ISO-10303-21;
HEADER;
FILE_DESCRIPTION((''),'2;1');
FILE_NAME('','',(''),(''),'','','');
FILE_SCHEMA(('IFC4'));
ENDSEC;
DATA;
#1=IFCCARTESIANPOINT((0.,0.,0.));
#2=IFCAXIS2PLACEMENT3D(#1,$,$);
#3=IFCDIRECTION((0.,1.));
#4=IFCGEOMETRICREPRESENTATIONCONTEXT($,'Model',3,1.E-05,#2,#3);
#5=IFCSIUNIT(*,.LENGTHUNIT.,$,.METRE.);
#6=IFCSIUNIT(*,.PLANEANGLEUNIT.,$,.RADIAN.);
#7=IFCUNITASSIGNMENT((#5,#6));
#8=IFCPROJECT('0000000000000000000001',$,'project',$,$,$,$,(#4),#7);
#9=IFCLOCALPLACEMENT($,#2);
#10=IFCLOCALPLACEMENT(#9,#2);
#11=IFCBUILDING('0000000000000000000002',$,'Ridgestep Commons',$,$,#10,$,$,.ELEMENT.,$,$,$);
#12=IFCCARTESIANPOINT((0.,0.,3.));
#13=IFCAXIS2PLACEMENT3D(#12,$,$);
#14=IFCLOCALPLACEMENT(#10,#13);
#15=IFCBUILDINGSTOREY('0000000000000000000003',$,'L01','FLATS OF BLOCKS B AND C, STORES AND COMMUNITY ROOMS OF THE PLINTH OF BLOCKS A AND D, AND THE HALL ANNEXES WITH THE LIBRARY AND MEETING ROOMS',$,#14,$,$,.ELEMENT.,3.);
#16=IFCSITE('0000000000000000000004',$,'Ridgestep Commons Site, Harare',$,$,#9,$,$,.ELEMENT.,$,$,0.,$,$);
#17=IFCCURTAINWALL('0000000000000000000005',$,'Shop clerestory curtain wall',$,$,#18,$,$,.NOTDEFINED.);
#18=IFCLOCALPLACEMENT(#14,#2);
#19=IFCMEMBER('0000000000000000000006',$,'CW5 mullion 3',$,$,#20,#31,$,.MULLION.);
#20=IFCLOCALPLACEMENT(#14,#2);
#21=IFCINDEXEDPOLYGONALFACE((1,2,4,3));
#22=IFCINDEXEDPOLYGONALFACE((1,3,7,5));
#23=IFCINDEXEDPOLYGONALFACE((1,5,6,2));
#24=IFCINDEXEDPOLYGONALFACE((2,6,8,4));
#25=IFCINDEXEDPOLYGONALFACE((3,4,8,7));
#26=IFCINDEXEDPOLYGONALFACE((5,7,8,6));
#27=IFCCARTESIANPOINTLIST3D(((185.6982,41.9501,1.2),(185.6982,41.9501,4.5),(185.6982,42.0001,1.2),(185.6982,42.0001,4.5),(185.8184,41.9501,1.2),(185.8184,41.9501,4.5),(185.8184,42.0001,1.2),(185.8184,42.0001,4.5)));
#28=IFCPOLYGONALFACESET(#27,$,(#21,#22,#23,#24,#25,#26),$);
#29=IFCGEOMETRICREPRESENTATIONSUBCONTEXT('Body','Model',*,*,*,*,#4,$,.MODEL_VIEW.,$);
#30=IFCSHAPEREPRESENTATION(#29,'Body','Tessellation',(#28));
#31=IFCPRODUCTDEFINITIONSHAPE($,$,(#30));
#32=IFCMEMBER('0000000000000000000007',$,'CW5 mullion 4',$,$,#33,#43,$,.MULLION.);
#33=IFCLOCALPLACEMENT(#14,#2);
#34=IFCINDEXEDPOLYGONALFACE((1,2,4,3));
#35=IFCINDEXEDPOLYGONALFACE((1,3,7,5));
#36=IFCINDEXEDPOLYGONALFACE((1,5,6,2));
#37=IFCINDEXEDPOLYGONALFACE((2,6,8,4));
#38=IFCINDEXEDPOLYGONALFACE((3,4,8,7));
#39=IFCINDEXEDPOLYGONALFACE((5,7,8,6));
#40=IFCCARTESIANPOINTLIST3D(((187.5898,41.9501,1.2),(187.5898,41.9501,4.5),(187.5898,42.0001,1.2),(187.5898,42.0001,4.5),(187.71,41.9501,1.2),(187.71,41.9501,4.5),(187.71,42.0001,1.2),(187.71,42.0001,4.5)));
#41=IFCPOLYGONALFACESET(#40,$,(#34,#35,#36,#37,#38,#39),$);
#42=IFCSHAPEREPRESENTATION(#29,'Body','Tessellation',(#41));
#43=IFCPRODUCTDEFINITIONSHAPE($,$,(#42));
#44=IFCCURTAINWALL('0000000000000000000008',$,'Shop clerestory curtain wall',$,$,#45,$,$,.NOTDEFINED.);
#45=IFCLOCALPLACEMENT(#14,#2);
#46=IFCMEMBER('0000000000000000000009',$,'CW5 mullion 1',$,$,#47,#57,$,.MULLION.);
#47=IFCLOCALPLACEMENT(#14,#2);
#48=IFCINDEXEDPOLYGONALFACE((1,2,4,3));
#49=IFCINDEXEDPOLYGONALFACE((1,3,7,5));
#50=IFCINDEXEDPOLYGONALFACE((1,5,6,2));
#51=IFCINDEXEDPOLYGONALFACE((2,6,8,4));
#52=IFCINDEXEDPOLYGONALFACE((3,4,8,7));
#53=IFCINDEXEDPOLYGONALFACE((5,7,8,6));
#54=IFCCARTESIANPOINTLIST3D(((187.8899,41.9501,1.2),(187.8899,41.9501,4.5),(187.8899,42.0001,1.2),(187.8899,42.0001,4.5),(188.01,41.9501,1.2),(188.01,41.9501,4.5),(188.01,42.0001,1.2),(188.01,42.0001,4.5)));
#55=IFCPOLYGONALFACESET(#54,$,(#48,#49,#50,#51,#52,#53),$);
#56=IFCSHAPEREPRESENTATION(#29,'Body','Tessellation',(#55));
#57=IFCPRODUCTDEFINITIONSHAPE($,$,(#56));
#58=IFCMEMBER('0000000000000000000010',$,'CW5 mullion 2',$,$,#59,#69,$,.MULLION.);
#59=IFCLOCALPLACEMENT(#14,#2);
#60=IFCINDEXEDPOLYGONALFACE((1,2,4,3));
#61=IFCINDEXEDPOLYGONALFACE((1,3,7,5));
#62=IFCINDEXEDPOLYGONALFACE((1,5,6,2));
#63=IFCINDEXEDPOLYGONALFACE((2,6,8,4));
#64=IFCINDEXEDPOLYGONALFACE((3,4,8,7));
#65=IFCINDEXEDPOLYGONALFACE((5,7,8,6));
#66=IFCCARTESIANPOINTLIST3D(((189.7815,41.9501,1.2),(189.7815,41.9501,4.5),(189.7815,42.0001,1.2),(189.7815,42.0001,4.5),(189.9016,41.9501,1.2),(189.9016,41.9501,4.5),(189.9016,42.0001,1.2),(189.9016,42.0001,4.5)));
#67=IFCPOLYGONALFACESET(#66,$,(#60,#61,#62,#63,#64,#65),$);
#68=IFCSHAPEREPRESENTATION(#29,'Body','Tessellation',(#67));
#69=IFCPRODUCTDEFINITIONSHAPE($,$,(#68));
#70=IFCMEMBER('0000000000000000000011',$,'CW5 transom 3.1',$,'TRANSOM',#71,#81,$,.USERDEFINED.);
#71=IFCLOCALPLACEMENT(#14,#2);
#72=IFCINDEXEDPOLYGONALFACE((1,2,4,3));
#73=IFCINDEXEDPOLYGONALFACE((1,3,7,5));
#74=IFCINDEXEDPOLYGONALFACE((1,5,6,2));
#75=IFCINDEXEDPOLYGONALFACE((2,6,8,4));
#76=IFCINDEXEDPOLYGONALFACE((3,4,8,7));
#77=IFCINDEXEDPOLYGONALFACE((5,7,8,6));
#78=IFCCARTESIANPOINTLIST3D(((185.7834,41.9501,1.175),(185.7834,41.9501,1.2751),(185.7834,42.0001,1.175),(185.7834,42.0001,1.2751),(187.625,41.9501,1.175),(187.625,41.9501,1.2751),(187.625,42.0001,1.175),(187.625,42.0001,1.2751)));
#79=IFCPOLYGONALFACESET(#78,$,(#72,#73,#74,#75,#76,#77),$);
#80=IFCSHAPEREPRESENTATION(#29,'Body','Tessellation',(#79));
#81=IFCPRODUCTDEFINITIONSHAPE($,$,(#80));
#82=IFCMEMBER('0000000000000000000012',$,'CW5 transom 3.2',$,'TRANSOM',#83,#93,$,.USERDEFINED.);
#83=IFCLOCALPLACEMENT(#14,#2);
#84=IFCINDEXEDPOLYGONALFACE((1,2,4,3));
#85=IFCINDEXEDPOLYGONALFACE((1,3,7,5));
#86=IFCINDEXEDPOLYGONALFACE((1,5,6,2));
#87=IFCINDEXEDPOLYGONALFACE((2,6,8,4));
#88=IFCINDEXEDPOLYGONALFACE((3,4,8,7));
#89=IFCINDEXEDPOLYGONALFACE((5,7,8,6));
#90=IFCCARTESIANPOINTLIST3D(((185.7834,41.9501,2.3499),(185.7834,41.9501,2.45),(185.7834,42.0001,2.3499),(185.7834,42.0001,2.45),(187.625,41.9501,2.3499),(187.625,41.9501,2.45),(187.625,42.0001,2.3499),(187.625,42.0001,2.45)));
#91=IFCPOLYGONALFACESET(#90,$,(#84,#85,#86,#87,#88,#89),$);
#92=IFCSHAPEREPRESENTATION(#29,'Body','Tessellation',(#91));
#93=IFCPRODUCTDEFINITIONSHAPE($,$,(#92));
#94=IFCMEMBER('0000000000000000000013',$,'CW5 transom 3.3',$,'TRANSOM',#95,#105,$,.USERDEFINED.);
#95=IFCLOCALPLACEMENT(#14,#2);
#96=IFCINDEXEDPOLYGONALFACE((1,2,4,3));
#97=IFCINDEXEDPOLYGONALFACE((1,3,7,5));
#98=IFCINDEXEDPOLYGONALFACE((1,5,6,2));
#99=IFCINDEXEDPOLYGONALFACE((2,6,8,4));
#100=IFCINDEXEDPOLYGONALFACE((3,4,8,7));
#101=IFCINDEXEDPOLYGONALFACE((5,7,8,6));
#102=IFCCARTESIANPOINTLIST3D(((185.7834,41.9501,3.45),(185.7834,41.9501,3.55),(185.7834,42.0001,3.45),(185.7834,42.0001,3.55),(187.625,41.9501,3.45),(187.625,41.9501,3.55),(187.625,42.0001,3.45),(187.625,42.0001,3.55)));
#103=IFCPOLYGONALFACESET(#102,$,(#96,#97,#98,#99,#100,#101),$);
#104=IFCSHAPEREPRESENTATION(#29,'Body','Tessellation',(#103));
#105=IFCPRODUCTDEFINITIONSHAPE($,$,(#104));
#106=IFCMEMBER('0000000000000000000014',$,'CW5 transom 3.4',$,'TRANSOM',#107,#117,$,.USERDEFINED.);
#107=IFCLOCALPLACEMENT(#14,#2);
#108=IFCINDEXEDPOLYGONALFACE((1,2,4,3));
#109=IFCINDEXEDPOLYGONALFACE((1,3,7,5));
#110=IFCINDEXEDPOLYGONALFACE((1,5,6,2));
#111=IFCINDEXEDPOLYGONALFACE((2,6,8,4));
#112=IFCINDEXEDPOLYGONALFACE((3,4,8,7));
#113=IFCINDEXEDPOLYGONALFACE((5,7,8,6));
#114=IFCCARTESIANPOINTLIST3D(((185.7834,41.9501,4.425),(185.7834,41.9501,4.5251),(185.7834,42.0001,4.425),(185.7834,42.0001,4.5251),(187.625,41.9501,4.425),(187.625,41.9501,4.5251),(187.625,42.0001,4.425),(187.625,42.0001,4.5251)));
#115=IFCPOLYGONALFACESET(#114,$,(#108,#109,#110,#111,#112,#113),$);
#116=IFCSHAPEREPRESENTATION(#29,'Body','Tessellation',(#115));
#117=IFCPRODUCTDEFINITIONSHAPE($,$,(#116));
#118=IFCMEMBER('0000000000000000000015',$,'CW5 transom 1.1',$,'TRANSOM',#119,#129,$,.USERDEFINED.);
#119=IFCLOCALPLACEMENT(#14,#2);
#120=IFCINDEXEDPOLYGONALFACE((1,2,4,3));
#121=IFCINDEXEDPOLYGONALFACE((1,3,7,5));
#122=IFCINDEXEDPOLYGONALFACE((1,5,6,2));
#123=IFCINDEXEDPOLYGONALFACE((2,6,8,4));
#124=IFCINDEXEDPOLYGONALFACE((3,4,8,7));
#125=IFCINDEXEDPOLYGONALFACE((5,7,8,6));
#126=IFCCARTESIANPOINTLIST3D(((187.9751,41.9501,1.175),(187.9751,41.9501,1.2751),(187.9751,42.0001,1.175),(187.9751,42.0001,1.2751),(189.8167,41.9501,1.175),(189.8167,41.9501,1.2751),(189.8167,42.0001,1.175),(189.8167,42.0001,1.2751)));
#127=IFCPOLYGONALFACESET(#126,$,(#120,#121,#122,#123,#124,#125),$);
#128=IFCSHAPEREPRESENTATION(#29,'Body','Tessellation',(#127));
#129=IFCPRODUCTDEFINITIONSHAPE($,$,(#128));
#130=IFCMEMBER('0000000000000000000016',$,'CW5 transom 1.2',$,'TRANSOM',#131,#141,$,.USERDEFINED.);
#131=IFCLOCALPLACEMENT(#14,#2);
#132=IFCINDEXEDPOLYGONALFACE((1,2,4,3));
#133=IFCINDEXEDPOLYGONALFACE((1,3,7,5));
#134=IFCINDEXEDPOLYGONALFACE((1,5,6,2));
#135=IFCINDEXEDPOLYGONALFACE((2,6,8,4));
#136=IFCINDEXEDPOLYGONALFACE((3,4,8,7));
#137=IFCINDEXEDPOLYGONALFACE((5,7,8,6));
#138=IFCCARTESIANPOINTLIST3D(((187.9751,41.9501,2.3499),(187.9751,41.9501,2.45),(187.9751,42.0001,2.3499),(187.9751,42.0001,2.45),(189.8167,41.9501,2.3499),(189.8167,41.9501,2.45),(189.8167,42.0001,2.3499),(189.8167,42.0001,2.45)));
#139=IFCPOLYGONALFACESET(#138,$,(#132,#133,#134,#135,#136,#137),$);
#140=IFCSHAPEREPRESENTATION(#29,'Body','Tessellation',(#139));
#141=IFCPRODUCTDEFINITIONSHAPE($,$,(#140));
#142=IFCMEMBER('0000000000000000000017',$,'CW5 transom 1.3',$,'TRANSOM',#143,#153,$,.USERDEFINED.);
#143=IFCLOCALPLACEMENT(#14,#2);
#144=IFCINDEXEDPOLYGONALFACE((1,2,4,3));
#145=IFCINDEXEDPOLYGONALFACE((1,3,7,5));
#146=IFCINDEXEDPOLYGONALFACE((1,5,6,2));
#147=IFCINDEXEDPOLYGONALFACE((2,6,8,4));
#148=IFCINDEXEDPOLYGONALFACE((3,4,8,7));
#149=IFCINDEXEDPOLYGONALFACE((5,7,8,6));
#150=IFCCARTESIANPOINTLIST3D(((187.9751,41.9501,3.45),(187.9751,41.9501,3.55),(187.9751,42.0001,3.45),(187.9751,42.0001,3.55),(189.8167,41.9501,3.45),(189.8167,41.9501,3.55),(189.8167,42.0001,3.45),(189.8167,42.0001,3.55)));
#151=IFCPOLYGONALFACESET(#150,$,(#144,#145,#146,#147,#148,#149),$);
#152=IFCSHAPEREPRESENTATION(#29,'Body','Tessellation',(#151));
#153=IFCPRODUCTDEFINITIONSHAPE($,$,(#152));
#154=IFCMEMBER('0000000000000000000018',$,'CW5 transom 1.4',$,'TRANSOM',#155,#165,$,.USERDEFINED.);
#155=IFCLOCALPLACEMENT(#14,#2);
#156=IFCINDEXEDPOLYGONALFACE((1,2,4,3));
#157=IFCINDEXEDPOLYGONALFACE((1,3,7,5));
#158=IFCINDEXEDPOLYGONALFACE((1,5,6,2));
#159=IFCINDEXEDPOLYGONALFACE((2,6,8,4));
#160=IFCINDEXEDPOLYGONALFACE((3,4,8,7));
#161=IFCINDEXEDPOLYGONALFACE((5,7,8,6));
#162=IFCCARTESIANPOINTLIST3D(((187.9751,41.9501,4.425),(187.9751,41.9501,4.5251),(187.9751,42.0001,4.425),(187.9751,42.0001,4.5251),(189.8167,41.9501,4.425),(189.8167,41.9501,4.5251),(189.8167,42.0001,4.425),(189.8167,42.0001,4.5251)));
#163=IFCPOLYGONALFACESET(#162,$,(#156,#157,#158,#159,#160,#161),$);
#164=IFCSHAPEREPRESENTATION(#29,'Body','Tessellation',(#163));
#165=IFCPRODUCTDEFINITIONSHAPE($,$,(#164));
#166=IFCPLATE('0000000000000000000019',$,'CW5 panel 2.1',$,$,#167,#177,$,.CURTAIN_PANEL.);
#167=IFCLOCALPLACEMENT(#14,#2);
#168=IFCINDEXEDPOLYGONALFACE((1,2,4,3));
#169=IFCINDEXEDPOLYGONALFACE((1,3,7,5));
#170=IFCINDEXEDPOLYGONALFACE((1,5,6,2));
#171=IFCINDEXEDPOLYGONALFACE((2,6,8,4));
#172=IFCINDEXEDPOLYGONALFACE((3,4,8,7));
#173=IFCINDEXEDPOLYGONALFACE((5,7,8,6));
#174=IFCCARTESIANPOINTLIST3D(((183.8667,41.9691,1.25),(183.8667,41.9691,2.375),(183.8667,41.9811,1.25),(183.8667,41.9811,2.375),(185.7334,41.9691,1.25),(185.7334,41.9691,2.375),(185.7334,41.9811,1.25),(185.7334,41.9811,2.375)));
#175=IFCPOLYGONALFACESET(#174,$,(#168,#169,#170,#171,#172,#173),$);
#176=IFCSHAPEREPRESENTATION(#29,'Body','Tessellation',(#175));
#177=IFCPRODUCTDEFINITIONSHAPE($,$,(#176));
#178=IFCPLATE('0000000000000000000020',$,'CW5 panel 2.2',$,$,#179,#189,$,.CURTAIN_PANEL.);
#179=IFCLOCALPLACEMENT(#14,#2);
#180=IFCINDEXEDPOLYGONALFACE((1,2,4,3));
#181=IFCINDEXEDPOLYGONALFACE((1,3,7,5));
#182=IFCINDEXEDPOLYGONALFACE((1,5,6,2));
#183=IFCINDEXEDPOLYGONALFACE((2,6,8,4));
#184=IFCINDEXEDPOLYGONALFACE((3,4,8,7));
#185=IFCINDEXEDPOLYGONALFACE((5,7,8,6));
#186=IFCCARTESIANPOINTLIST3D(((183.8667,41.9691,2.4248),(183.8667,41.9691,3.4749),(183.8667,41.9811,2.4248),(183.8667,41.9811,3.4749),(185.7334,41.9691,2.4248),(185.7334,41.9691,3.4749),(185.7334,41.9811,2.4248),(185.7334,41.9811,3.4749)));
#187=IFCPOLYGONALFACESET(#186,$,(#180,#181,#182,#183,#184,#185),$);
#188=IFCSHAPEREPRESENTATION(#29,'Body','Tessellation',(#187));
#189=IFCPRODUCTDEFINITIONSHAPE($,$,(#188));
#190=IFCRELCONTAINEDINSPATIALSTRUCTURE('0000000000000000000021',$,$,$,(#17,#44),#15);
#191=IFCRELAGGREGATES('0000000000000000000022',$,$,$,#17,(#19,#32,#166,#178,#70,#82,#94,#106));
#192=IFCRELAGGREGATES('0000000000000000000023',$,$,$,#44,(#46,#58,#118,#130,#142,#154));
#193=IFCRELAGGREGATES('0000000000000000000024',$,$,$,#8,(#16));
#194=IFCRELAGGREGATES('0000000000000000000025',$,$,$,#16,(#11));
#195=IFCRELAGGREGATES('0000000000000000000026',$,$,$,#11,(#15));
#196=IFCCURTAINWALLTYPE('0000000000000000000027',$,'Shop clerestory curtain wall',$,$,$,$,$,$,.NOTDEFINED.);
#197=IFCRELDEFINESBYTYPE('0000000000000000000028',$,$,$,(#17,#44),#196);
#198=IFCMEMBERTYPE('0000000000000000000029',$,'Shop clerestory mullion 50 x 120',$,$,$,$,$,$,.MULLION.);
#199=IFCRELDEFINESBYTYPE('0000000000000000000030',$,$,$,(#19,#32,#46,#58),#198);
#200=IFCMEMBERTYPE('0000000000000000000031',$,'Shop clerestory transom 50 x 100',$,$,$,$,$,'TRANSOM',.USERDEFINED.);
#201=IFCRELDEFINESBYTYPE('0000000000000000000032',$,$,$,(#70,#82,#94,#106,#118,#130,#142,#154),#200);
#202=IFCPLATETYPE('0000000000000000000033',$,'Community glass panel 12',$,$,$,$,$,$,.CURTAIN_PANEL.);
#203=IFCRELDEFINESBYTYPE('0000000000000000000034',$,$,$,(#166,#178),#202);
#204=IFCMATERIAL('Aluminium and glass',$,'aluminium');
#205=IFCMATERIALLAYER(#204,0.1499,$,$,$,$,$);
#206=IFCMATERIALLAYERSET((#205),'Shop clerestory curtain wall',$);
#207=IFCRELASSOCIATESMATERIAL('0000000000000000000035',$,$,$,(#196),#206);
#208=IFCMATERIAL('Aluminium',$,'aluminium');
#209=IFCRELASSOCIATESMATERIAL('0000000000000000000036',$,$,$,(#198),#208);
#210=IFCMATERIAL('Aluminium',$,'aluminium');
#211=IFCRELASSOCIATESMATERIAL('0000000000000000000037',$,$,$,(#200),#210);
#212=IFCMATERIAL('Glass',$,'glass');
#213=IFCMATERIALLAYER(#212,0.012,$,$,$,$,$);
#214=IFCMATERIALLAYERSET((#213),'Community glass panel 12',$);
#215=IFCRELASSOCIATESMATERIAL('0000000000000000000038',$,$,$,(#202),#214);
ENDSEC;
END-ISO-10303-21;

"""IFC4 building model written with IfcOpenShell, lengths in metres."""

from ifc_helpers import new_model, si_unit, direction, frame, origin, origin_2d, place, context, subcontext, project, spatial, rectangle, extrude, material, layer, layer_set, material_profile, profile_set, type_object, element, aggregate, save


model = new_model("IFC4")

# Units and contexts
model_context = context("Model", 3, precision=1e-05, world=origin(), true_north=direction((0.0, 1.0)))
body_context = subcontext(model_context, "Body", "Model", "MODEL_VIEW")
ifc_project = project(units=[si_unit("LENGTHUNIT", "METRE"), si_unit("PLANEANGLEUNIT", "RADIAN")], contexts=[model_context])

# Site, building, storey
site_placement = place(None, origin())
site = spatial("IfcSite", under=ifc_project, at=site_placement, Name="Ridgestep Commons Site, Harare", CompositionType="ELEMENT", RefElevation=0.0)
building_placement = place(site_placement, origin())
building = spatial("IfcBuilding", under=site, at=building_placement, Name="Ridgestep Commons", CompositionType="ELEMENT")
storey_placement = place(building_placement, frame((0.0, 0.0, 3.0)))
storey = spatial("IfcBuildingStorey", under=building, at=storey_placement, Name="L01", Description="FLATS OF BLOCKS B AND C, STORES AND COMMUNITY ROOMS OF THE PLINTH OF BLOCKS A AND D, AND THE HALL ANNEXES WITH THE LIBRARY AND MEETING ROOMS", CompositionType="ELEMENT", Elevation=3.0)

# Curtain walls, members
ifc_material_1 = material(Name="Aluminium and glass", Category="aluminium")
ifc_layer_1 = layer(ifc_material_1, 0.1499)
ifc_layer_set_1 = layer_set([ifc_layer_1], Name="Shop clerestory curtain wall")
curtain_wall_type = type_object("IfcCurtainWallType", Name="Shop clerestory curtain wall", PredefinedType="NOTDEFINED", material=ifc_layer_set_1)
curtain_wall_1_placement = place(storey_placement, origin())
curtain_wall_1 = element("IfcCurtainWall", 1, at=curtain_wall_1_placement, inside=storey, type_object=curtain_wall_type, Name="Shop clerestory curtain wall", PredefinedType="NOTDEFINED")
ifc_material_2 = material(Name="Aluminium", Category="aluminium")
ifc_material_profile_1 = material_profile(ifc_material_2, rectangle(XDim=0.05, YDim=0.1201, at=origin_2d()), Name="Shop clerestory mullion 50 x 120")
ifc_profile_set_1 = profile_set([ifc_material_profile_1], Name="Aluminium")
member_type_1 = type_object("IfcMemberType", Name="Shop clerestory mullion 50 x 120", PredefinedType="MULLION", material=ifc_profile_set_1)
member_1_placement = place(storey_placement, frame((185.7583, 41.9751, 1.2), z_axis=(0.0, 0.0, 1.0), x_axis=(0.0, 1.0, 0.0)))
member_1 = element("IfcMember", 2, at=member_1_placement, type_object=member_type_1, Name="CW5 mullion 3", PredefinedType="MULLION", context=body_context, shape_type="SweptSolid", body=[
    extrude(rectangle(XDim=0.05, YDim=0.1201, at=origin_2d()), origin(), (0.0, 0.0, 1.0), 3.3),
])
member_2_placement = place(storey_placement, frame((187.6499, 41.9751, 1.2), z_axis=(0.0, 0.0, 1.0), x_axis=(0.0, 1.0, 0.0)))
member_2 = element("IfcMember", 3, at=member_2_placement, type_object=member_type_1, Name="CW5 mullion 4", PredefinedType="MULLION", context=body_context, shape_type="SweptSolid", body=[
    extrude(rectangle(XDim=0.05, YDim=0.1201, at=origin_2d()), origin(), (0.0, 0.0, 1.0), 3.3),
])
curtain_wall_2_placement = place(storey_placement, origin())
curtain_wall_2 = element("IfcCurtainWall", 4, at=curtain_wall_2_placement, inside=storey, type_object=curtain_wall_type, Name="Shop clerestory curtain wall", PredefinedType="NOTDEFINED")
member_3_placement = place(storey_placement, frame((187.95, 41.9751, 1.2), z_axis=(0.0, 0.0, 1.0), x_axis=(0.0, 1.0, 0.0)))
member_3 = element("IfcMember", 5, at=member_3_placement, type_object=member_type_1, Name="CW5 mullion 1", PredefinedType="MULLION", context=body_context, shape_type="SweptSolid", body=[
    extrude(rectangle(XDim=0.05, YDim=0.1201, at=origin_2d()), origin(), (0.0, 0.0, 1.0), 3.3),
])
member_4_placement = place(storey_placement, frame((189.8416, 41.9751, 1.2), z_axis=(0.0, 0.0, 1.0), x_axis=(0.0, 1.0, 0.0)))
member_4 = element("IfcMember", 6, at=member_4_placement, type_object=member_type_1, Name="CW5 mullion 2", PredefinedType="MULLION", context=body_context, shape_type="SweptSolid", body=[
    extrude(rectangle(XDim=0.05, YDim=0.1201, at=origin_2d()), origin(), (0.0, 0.0, 1.0), 3.3),
])

# Members
ifc_material_3 = material(Name="Aluminium", Category="aluminium")
ifc_material_profile_2 = material_profile(ifc_material_3, rectangle(XDim=0.05, YDim=0.1001, at=origin_2d()), Name="Shop clerestory transom 50 x 100")
ifc_profile_set_2 = profile_set([ifc_material_profile_2], Name="Aluminium")
member_type_2 = type_object("IfcMemberType", Name="Shop clerestory transom 50 x 100", ElementType="TRANSOM", PredefinedType="USERDEFINED", material=ifc_profile_set_2)
member_5_placement = place(storey_placement, frame((185.7834, 41.9751, 1.2251), z_axis=(1.0, 0.0, 0.0), x_axis=(0.0, 1.0, 0.0)))
member_5 = element("IfcMember", 7, at=member_5_placement, type_object=member_type_2, Name="CW5 transom 3.1", ObjectType="TRANSOM", PredefinedType="USERDEFINED", context=body_context, shape_type="SweptSolid", body=[
    extrude(rectangle(XDim=0.05, YDim=0.1001, at=origin_2d()), origin(), (0.0, 0.0, 1.0), 1.8416),
])
member_6_placement = place(storey_placement, frame((185.7834, 41.9751, 2.3999), z_axis=(1.0, 0.0, 0.0), x_axis=(0.0, 1.0, 0.0)))
member_6 = element("IfcMember", 8, at=member_6_placement, type_object=member_type_2, Name="CW5 transom 3.2", ObjectType="TRANSOM", PredefinedType="USERDEFINED", context=body_context, shape_type="SweptSolid", body=[
    extrude(rectangle(XDim=0.05, YDim=0.1001, at=origin_2d()), origin(), (0.0, 0.0, 1.0), 1.8416),
])
member_7_placement = place(storey_placement, frame((185.7834, 41.9751, 3.5), z_axis=(1.0, 0.0, 0.0), x_axis=(0.0, 1.0, 0.0)))
member_7 = element("IfcMember", 9, at=member_7_placement, type_object=member_type_2, Name="CW5 transom 3.3", ObjectType="TRANSOM", PredefinedType="USERDEFINED", context=body_context, shape_type="SweptSolid", body=[
    extrude(rectangle(XDim=0.05, YDim=0.1001, at=origin_2d()), origin(), (0.0, 0.0, 1.0), 1.8416),
])
member_8_placement = place(storey_placement, frame((185.7834, 41.9751, 4.4751), z_axis=(1.0, 0.0, 0.0), x_axis=(0.0, 1.0, 0.0)))
member_8 = element("IfcMember", 10, at=member_8_placement, type_object=member_type_2, Name="CW5 transom 3.4", ObjectType="TRANSOM", PredefinedType="USERDEFINED", context=body_context, shape_type="SweptSolid", body=[
    extrude(rectangle(XDim=0.05, YDim=0.1001, at=origin_2d()), origin(), (0.0, 0.0, 1.0), 1.8416),
])
member_9_placement = place(storey_placement, frame((187.9751, 41.9751, 1.2251), z_axis=(1.0, 0.0, 0.0), x_axis=(0.0, 1.0, 0.0)))
member_9 = element("IfcMember", 11, at=member_9_placement, type_object=member_type_2, Name="CW5 transom 1.1", ObjectType="TRANSOM", PredefinedType="USERDEFINED", context=body_context, shape_type="SweptSolid", body=[
    extrude(rectangle(XDim=0.05, YDim=0.1001, at=origin_2d()), origin(), (0.0, 0.0, 1.0), 1.8416),
])
member_10_placement = place(storey_placement, frame((187.9751, 41.9751, 2.3999), z_axis=(1.0, 0.0, 0.0), x_axis=(0.0, 1.0, 0.0)))
member_10 = element("IfcMember", 12, at=member_10_placement, type_object=member_type_2, Name="CW5 transom 1.2", ObjectType="TRANSOM", PredefinedType="USERDEFINED", context=body_context, shape_type="SweptSolid", body=[
    extrude(rectangle(XDim=0.05, YDim=0.1001, at=origin_2d()), origin(), (0.0, 0.0, 1.0), 1.8416),
])
member_11_placement = place(storey_placement, frame((187.9751, 41.9751, 3.5), z_axis=(1.0, 0.0, 0.0), x_axis=(0.0, 1.0, 0.0)))
member_11 = element("IfcMember", 13, at=member_11_placement, type_object=member_type_2, Name="CW5 transom 1.3", ObjectType="TRANSOM", PredefinedType="USERDEFINED", context=body_context, shape_type="SweptSolid", body=[
    extrude(rectangle(XDim=0.05, YDim=0.1001, at=origin_2d()), origin(), (0.0, 0.0, 1.0), 1.8416),
])
member_12_placement = place(storey_placement, frame((187.9751, 41.9751, 4.4751), z_axis=(1.0, 0.0, 0.0), x_axis=(0.0, 1.0, 0.0)))
member_12 = element("IfcMember", 14, at=member_12_placement, type_object=member_type_2, Name="CW5 transom 1.4", ObjectType="TRANSOM", PredefinedType="USERDEFINED", context=body_context, shape_type="SweptSolid", body=[
    extrude(rectangle(XDim=0.05, YDim=0.1001, at=origin_2d()), origin(), (0.0, 0.0, 1.0), 1.8416),
])

# Plates
ifc_material_4 = material(Name="Glass", Category="glass")
ifc_layer_2 = layer(ifc_material_4, 0.012)
ifc_layer_set_2 = layer_set([ifc_layer_2], Name="Community glass panel 12")
plate_type = type_object("IfcPlateType", Name="Community glass panel 12", PredefinedType="CURTAIN_PANEL", material=ifc_layer_set_2)
plate_1_placement = place(storey_placement, frame((184.8, 41.9751, 1.25), z_axis=(0.0, 0.0, 1.0), x_axis=(1.0, 0.0, 0.0)))
plate_1 = element("IfcPlate", 15, at=plate_1_placement, type_object=plate_type, Name="CW5 panel 2.1", PredefinedType="CURTAIN_PANEL", context=body_context, shape_type="SweptSolid", body=[
    extrude(rectangle(XDim=1.8667, YDim=0.012, at=origin_2d()), origin(), (0.0, 0.0, 1.0), 1.125),
])
plate_2_placement = place(storey_placement, frame((184.8, 41.9751, 2.4248), z_axis=(0.0, 0.0, 1.0), x_axis=(1.0, 0.0, 0.0)))
plate_2 = element("IfcPlate", 16, at=plate_2_placement, type_object=plate_type, Name="CW5 panel 2.2", PredefinedType="CURTAIN_PANEL", context=body_context, shape_type="SweptSolid", body=[
    extrude(rectangle(XDim=1.8667, YDim=0.012, at=origin_2d()), origin(), (0.0, 0.0, 1.0), 1.05),
])
aggregate(curtain_wall_1, [member_1, member_2, plate_1, plate_2, member_5, member_6, member_7, member_8])
aggregate(curtain_wall_2, [member_3, member_4, member_9, member_10, member_11, member_12])

save(model, "model.ifc")
